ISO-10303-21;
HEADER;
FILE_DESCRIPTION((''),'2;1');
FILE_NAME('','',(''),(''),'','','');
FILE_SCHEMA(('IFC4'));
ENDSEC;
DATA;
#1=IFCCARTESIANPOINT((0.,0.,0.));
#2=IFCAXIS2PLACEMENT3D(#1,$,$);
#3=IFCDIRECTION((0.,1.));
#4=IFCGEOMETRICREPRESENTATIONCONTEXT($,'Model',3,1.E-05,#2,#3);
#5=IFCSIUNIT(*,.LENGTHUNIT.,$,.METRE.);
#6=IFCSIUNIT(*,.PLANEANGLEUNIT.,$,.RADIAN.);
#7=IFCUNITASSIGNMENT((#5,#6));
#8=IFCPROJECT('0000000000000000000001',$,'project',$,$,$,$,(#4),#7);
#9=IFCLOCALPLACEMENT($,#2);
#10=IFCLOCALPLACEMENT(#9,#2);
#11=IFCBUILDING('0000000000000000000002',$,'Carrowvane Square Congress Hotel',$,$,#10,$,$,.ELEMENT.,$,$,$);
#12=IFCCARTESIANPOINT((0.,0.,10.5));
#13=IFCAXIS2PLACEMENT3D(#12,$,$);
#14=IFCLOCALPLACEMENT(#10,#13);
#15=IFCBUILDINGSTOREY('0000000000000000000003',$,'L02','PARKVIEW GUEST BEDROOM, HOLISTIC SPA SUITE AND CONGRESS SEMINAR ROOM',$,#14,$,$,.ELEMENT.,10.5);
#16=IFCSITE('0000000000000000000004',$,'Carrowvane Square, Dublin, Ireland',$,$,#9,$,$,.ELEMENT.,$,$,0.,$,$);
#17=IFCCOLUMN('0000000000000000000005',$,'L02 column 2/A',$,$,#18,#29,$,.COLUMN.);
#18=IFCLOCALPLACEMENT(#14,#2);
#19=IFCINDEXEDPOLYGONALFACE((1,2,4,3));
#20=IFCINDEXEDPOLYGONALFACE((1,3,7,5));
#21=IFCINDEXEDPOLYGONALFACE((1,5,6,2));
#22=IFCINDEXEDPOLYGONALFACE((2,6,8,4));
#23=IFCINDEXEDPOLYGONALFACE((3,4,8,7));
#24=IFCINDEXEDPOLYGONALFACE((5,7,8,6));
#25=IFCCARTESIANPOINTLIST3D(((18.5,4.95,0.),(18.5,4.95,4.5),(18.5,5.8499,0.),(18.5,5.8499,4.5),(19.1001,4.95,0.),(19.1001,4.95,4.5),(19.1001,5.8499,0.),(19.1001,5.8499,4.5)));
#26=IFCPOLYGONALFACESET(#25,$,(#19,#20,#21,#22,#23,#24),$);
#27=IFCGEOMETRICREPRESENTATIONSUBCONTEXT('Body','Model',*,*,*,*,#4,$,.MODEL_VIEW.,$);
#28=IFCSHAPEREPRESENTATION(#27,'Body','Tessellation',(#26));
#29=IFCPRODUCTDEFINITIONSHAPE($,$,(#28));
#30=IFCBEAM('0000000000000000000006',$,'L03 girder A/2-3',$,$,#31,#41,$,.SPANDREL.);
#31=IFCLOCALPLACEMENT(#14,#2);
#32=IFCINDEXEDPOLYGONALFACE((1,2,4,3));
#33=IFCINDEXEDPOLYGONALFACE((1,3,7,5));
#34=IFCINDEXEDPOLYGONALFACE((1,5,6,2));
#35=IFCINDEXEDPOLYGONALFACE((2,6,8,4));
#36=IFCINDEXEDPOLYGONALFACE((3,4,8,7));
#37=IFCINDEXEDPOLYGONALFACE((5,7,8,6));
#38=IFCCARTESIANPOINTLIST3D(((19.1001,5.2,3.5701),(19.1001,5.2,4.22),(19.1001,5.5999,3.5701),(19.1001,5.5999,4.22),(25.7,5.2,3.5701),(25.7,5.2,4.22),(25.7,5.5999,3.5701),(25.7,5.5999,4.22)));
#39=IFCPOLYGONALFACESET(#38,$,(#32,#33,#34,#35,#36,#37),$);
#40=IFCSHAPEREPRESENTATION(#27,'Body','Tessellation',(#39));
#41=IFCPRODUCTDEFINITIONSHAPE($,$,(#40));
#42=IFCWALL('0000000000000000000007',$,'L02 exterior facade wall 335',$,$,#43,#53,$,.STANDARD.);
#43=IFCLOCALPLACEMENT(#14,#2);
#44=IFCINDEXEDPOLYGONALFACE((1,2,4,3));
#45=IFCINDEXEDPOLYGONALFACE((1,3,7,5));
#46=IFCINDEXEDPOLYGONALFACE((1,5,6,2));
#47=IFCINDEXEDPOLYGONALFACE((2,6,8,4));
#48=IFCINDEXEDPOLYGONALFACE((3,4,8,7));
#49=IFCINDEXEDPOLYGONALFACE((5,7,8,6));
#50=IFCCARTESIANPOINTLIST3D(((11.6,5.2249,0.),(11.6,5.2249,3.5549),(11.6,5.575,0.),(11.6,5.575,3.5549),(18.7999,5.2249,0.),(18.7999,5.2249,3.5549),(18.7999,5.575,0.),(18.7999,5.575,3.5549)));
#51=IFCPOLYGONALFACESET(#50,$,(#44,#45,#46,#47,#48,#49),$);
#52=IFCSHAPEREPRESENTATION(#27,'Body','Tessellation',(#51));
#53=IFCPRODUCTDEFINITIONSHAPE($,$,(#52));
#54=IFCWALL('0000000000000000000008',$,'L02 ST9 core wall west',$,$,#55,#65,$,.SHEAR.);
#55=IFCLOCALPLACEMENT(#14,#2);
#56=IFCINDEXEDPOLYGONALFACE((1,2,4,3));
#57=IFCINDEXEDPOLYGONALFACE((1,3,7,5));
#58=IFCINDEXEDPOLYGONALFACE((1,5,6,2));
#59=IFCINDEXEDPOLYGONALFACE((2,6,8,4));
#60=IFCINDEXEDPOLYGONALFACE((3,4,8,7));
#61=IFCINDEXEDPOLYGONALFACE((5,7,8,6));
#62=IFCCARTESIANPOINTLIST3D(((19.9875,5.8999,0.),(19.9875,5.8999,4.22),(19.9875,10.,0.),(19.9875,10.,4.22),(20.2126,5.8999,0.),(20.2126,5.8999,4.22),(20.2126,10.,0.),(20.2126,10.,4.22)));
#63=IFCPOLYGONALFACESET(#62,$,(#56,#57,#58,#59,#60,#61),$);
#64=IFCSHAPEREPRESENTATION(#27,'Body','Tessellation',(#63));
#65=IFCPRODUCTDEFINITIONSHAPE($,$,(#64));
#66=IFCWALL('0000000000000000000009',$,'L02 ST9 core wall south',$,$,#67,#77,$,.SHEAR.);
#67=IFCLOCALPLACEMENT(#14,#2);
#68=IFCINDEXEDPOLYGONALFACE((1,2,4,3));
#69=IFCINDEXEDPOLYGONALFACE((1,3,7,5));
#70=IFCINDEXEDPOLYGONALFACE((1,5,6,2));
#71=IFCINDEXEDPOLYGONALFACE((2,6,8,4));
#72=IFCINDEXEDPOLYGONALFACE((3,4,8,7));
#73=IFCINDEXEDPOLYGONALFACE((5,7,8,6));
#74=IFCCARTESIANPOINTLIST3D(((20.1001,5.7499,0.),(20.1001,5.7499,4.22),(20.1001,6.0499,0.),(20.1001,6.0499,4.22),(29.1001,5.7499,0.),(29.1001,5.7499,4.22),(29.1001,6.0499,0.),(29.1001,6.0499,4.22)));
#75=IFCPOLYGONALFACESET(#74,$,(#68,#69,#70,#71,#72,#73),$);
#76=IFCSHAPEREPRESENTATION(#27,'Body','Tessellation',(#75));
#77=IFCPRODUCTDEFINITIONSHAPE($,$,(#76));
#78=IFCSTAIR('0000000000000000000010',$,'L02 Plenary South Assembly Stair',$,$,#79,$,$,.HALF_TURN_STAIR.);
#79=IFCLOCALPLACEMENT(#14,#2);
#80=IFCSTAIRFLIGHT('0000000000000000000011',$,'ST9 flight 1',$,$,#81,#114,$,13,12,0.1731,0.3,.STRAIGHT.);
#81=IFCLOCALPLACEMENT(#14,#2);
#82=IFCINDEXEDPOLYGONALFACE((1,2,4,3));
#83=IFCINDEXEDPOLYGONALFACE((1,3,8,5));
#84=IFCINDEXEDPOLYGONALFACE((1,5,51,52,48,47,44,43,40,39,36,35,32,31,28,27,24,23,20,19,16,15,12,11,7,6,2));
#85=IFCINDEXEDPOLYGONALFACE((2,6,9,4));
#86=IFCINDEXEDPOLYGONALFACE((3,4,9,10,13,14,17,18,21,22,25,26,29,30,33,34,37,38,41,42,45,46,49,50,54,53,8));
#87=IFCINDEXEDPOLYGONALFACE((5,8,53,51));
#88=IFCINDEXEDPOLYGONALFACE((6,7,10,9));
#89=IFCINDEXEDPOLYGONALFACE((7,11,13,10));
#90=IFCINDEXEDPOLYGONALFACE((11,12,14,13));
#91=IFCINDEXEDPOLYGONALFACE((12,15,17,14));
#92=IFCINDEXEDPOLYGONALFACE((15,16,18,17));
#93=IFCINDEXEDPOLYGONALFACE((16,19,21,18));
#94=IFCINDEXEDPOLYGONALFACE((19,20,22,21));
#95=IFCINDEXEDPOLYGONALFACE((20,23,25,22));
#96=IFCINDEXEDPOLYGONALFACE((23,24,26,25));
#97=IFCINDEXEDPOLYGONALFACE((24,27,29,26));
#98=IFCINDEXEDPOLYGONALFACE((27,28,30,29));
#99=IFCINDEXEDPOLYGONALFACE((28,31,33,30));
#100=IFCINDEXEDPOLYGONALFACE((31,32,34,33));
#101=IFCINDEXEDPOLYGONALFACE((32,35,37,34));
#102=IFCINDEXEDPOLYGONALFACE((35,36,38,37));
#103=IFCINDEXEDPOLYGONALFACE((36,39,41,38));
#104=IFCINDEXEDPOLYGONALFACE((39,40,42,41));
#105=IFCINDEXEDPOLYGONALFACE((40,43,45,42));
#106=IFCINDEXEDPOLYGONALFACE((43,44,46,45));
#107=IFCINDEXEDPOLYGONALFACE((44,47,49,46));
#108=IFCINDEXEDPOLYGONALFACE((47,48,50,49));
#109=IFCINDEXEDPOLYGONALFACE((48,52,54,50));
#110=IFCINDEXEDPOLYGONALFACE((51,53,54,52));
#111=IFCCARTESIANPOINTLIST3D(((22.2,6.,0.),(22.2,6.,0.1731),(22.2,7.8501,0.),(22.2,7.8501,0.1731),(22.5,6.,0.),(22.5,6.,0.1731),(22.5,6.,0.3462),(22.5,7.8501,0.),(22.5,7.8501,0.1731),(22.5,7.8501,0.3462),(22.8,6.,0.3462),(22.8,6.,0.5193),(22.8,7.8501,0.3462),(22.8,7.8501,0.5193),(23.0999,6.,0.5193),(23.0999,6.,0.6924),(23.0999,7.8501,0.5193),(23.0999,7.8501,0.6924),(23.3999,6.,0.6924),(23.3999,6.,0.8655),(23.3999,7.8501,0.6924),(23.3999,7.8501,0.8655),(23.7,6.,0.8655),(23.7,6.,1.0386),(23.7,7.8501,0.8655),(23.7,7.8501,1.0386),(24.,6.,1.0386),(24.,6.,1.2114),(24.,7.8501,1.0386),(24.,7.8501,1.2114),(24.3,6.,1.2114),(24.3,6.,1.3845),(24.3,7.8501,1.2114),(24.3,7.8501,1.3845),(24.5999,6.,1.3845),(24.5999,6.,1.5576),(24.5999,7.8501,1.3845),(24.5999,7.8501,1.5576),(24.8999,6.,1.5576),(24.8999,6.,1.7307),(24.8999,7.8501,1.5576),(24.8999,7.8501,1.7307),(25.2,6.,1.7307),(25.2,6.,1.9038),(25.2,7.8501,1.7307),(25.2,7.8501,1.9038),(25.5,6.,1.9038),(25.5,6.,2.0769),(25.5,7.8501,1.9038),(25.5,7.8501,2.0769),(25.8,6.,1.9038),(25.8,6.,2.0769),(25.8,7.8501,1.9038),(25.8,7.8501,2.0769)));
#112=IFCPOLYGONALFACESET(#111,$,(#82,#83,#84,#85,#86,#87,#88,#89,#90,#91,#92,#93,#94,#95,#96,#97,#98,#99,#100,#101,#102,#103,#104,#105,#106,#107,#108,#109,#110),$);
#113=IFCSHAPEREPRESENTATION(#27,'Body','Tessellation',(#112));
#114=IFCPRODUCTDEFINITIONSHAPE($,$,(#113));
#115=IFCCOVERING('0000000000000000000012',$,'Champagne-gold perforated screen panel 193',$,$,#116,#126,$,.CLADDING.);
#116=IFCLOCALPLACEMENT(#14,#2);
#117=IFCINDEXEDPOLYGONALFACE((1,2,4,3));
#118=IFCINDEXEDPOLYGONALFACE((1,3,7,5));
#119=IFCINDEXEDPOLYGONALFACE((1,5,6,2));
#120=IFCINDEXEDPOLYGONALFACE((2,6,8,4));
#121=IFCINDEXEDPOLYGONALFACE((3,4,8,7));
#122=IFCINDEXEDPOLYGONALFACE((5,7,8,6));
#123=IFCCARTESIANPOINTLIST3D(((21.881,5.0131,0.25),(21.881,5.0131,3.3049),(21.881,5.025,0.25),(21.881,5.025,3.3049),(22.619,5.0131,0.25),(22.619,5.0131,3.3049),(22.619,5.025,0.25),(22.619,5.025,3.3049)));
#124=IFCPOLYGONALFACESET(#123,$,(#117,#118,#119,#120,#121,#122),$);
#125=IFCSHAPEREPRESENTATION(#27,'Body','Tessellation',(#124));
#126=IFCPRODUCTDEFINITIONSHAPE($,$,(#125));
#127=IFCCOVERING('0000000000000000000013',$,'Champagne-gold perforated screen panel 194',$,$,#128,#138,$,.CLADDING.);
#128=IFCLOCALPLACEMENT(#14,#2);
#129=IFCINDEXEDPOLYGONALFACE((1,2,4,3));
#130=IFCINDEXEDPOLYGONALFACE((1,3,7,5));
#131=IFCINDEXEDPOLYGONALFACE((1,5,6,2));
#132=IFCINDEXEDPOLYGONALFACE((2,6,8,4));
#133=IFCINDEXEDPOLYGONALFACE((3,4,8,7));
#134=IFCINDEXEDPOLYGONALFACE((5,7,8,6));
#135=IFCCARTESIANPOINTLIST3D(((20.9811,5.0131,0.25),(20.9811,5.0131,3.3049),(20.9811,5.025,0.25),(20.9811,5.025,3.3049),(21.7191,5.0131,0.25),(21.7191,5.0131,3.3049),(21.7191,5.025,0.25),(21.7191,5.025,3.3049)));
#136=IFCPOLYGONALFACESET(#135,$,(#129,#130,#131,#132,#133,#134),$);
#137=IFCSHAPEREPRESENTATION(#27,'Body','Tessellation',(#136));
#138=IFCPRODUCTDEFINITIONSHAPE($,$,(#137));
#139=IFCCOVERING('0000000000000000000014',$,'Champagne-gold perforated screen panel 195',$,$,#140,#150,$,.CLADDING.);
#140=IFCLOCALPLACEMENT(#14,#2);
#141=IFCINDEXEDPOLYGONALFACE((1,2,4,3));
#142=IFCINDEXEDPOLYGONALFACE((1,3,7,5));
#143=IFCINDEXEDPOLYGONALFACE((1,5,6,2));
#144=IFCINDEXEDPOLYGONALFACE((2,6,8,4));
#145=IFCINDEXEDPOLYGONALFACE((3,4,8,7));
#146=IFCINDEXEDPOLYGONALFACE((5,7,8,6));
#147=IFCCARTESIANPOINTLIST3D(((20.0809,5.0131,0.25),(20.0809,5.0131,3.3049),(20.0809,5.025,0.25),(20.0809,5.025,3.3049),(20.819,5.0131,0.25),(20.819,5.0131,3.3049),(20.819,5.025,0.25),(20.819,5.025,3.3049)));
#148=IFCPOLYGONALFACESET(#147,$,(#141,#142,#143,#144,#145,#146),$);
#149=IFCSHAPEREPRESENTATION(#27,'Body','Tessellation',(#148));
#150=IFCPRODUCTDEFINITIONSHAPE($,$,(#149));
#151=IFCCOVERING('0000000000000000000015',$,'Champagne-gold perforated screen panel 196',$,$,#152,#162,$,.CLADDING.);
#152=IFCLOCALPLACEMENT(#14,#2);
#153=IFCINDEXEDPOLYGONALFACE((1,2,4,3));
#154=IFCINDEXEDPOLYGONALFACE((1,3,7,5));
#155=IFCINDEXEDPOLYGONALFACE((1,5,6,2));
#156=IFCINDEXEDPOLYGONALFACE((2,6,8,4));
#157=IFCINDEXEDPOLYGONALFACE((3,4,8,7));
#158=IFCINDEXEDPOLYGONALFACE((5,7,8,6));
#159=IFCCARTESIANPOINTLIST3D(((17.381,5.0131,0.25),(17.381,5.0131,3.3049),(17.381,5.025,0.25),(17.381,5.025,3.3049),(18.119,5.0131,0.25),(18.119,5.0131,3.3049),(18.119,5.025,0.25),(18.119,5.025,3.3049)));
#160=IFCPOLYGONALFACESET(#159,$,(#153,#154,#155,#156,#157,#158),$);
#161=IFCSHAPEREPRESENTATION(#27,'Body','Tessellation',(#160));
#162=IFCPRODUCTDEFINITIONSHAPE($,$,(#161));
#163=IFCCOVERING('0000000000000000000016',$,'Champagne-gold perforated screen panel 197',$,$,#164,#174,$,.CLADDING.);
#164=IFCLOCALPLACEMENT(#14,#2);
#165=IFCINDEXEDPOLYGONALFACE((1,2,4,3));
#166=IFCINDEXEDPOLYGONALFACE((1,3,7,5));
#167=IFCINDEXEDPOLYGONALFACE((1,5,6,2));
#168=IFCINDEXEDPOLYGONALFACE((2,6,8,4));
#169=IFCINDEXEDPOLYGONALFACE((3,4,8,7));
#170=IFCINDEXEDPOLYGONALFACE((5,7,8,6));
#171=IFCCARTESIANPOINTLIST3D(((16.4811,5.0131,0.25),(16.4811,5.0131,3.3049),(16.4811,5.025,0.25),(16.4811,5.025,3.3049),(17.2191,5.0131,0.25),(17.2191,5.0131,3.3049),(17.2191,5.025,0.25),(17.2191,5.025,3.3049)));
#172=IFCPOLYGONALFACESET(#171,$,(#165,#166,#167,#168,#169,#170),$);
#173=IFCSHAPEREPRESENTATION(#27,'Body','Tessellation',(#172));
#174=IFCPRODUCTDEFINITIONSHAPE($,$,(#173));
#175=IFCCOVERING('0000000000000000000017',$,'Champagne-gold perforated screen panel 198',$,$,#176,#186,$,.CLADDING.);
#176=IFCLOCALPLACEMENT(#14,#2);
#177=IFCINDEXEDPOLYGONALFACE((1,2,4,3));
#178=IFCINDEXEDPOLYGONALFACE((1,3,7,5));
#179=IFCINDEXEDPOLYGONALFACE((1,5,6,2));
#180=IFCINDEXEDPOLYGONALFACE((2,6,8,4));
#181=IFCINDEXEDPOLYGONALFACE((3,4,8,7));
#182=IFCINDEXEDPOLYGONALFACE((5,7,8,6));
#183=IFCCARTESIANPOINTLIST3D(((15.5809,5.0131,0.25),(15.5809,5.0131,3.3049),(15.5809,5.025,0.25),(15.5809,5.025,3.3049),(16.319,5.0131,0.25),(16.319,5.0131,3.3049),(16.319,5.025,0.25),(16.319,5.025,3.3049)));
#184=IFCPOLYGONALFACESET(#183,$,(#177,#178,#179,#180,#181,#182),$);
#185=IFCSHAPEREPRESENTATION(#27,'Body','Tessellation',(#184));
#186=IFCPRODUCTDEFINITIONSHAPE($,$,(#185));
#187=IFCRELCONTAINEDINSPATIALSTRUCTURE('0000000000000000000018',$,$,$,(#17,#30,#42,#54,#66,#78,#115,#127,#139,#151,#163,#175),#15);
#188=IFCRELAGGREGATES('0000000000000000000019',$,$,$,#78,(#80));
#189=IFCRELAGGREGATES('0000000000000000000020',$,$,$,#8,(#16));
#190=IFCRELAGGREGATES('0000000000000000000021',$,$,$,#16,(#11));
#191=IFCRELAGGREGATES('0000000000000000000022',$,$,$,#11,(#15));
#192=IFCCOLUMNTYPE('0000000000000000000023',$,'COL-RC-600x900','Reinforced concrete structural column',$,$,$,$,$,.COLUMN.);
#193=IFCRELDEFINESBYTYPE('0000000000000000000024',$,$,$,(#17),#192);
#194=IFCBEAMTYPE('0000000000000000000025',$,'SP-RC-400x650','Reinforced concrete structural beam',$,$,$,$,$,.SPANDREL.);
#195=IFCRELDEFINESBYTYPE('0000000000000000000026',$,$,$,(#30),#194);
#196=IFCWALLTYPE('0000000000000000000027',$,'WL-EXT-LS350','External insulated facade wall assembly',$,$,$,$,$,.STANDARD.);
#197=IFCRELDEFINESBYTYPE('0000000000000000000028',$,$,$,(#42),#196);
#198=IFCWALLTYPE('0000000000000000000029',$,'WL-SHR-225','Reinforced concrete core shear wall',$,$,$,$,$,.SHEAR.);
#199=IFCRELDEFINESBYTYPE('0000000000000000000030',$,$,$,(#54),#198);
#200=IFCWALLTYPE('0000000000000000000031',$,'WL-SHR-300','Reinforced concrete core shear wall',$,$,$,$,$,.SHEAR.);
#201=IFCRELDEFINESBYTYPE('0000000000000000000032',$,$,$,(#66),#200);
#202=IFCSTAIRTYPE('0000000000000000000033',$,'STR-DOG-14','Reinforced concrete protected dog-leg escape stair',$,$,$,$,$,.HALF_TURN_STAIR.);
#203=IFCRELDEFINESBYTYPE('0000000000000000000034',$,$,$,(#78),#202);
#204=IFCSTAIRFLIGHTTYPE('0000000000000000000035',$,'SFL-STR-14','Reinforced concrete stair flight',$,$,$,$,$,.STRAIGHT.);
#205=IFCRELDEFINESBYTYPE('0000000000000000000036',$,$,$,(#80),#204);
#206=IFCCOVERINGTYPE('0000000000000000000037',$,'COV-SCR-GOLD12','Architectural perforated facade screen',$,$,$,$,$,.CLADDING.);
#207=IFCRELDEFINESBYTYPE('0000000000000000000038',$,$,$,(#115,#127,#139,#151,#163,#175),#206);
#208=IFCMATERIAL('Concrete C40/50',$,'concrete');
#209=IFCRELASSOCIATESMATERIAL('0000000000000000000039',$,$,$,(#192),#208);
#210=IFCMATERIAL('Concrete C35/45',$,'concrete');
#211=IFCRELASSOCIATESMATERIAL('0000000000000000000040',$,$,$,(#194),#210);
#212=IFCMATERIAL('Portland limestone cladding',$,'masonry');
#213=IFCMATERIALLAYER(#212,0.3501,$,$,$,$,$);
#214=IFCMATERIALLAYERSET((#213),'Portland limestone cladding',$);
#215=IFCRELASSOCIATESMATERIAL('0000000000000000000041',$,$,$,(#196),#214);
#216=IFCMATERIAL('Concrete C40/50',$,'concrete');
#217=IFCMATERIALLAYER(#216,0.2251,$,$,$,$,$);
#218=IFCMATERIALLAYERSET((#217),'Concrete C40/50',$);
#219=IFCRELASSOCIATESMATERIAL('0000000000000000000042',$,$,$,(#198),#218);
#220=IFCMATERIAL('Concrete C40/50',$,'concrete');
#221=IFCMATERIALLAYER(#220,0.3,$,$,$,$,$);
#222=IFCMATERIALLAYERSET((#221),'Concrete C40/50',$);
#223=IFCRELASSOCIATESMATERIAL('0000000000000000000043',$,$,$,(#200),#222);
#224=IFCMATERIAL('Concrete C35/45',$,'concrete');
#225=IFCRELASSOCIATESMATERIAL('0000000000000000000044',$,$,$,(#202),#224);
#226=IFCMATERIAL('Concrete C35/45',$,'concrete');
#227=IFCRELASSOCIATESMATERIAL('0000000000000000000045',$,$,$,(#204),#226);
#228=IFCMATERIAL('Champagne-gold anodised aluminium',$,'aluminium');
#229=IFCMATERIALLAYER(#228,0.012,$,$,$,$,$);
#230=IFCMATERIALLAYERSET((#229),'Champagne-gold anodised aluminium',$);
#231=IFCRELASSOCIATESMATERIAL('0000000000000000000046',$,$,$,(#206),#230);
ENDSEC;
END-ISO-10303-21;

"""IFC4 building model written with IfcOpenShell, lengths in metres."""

from ifc_helpers import new_model, si_unit, direction, frame, frame_2d, origin, origin_2d, place, context, subcontext, project, spatial, polyline, rectangle, outline, extrude, material, layer, layer_set, material_profile, profile_set, type_object, element, aggregate, save


model = new_model("IFC4")

# Units and contexts
model_context = context("Model", 3, precision=1e-05, world=origin(), true_north=direction((0.0, 1.0)))
body_context = subcontext(model_context, "Body", "Model", "MODEL_VIEW")
ifc_project = project(units=[si_unit("LENGTHUNIT", "METRE"), si_unit("PLANEANGLEUNIT", "RADIAN")], contexts=[model_context])

# Site, building, storey
site_placement = place(None, origin())
site = spatial("IfcSite", under=ifc_project, at=site_placement, Name="Carrowvane Square, Dublin, Ireland", CompositionType="ELEMENT", RefElevation=0.0)
building_placement = place(site_placement, origin())
building = spatial("IfcBuilding", under=site, at=building_placement, Name="Carrowvane Square Congress Hotel", CompositionType="ELEMENT")
storey_placement = place(building_placement, frame((0.0, 0.0, 10.5)))
storey = spatial("IfcBuildingStorey", under=building, at=storey_placement, Name="L02", Description="PARKVIEW GUEST BEDROOM, HOLISTIC SPA SUITE AND CONGRESS SEMINAR ROOM", CompositionType="ELEMENT", Elevation=10.5)

# Column
ifc_material_1 = material(Name="Concrete C40/50", Category="concrete")
ifc_material_profile_1 = material_profile(ifc_material_1, rectangle(XDim=0.6001, YDim=0.8999, at=origin_2d()), Name="RC 600x900")
ifc_profile_set_1 = profile_set([ifc_material_profile_1], Name="Concrete C40/50")
column_type = type_object("IfcColumnType", Name="COL-RC-600x900", Description="Reinforced concrete structural column", PredefinedType="COLUMN", material=ifc_profile_set_1)
column_placement = place(storey_placement, frame((18.8, 5.3999, 0.0), z_axis=(0.0, 0.0, 1.0), x_axis=(1.0, 0.0, 0.0)))
element("IfcColumn", 1, at=column_placement, inside=storey, type_object=column_type, Name="L02 column 2/A", PredefinedType="COLUMN", context=body_context, shape_type="SweptSolid", body=[
    extrude(rectangle(XDim=0.6001, YDim=0.8999, at=origin_2d()), origin(), (0.0, 0.0, 1.0), 4.5),
])

# Beam
ifc_material_2 = material(Name="Concrete C35/45", Category="concrete")
ifc_material_profile_2 = material_profile(ifc_material_2, rectangle(XDim=0.3999, YDim=0.6499, at=origin_2d()), Name="RC 400x650")
ifc_profile_set_2 = profile_set([ifc_material_profile_2], Name="Concrete C35/45")
beam_type = type_object("IfcBeamType", Name="SP-RC-400x650", Description="Reinforced concrete structural beam", PredefinedType="SPANDREL", material=ifc_profile_set_2)
beam_placement = place(storey_placement, frame((19.1001, 5.3999, 3.895), z_axis=(1.0, 0.0, 0.0), x_axis=(0.0, 1.0, 0.0)))
element("IfcBeam", 2, at=beam_placement, inside=storey, type_object=beam_type, Name="L03 girder A/2-3", PredefinedType="SPANDREL", context=body_context, shape_type="SweptSolid", body=[
    extrude(rectangle(XDim=0.3999, YDim=0.6499, at=origin_2d()), origin(), (0.0, 0.0, 1.0), 6.5999),
])

# Walls
ifc_material_3 = material(Name="Portland limestone cladding", Category="masonry")
ifc_layer_1 = layer(ifc_material_3, 0.3501)
ifc_layer_set_1 = layer_set([ifc_layer_1], Name="Portland limestone cladding")
wall_type_1 = type_object("IfcWallType", Name="WL-EXT-LS350", Description="External insulated facade wall assembly", PredefinedType="STANDARD", material=ifc_layer_set_1)
wall_1_placement = place(storey_placement, frame((18.8, 5.3999, 0.0), z_axis=(0.0, 0.0, 1.0), x_axis=(-1.0, 0.0, 0.0)))
element("IfcWall", 3, at=wall_1_placement, inside=storey, type_object=wall_type_1, Name="L02 exterior facade wall 335", PredefinedType="STANDARD", context=body_context, shape_type="SweptSolid", body=[
    extrude(rectangle(XDim=7.2, YDim=0.3501, at=frame_2d((3.6001, 0.0))), origin(), (0.0, 0.0, 1.0), 3.5549),
])
ifc_material_4 = material(Name="Concrete C40/50", Category="concrete")
ifc_layer_2 = layer(ifc_material_4, 0.2251)
ifc_layer_set_2 = layer_set([ifc_layer_2], Name="Concrete C40/50")
wall_type_2 = type_object("IfcWallType", Name="WL-SHR-225", Description="Reinforced concrete core shear wall", PredefinedType="SHEAR", material=ifc_layer_set_2)
wall_2_placement = place(storey_placement, frame((20.1001, 10.0, 0.0), z_axis=(0.0, 0.0, 1.0), x_axis=(0.0, -1.0, 0.0)))
element("IfcWall", 4, at=wall_2_placement, inside=storey, type_object=wall_type_2, Name="L02 ST9 core wall west", PredefinedType="SHEAR", context=body_context, shape_type="SweptSolid", body=[
    extrude(rectangle(XDim=4.1001, YDim=0.2251, at=frame_2d((2.05, 0.0))), origin(), (0.0, 0.0, 1.0), 4.22),
])
ifc_material_5 = material(Name="Concrete C40/50", Category="concrete")
ifc_layer_3 = layer(ifc_material_5, 0.3)
ifc_layer_set_3 = layer_set([ifc_layer_3], Name="Concrete C40/50")
wall_type_3 = type_object("IfcWallType", Name="WL-SHR-300", Description="Reinforced concrete core shear wall", PredefinedType="SHEAR", material=ifc_layer_set_3)
wall_3_placement = place(storey_placement, frame((20.1001, 5.8999, 0.0), z_axis=(0.0, 0.0, 1.0), x_axis=(1.0, 0.0, 0.0)))
element("IfcWall", 5, at=wall_3_placement, inside=storey, type_object=wall_type_3, Name="L02 ST9 core wall south", PredefinedType="SHEAR", context=body_context, shape_type="SweptSolid", body=[
    extrude(rectangle(XDim=9.0, YDim=0.3, at=frame_2d((4.5, 0.0))), origin(), (0.0, 0.0, 1.0), 4.22),
])

# Stair, stair flight
ifc_material_6 = material(Name="Concrete C35/45", Category="concrete")
stair_type = type_object("IfcStairType", Name="STR-DOG-14", Description="Reinforced concrete protected dog-leg escape stair", PredefinedType="HALF_TURN_STAIR", material=ifc_material_6)
stair_placement = place(storey_placement, origin())
stair = element("IfcStair", 6, at=stair_placement, inside=storey, type_object=stair_type, Name="L02 Plenary South Assembly Stair", PredefinedType="HALF_TURN_STAIR")
ifc_material_7 = material(Name="Concrete C35/45", Category="concrete")
stair_flight_type = type_object("IfcStairFlightType", Name="SFL-STR-14", Description="Reinforced concrete stair flight", PredefinedType="STRAIGHT", material=ifc_material_7)
stair_flight_placement = place(storey_placement, frame((22.2, 6.925, 0.0), z_axis=(0.0, 0.0, 1.0), x_axis=(1.0, 0.0, 0.0)))
stair_flight = element("IfcStairFlight", 7, at=stair_flight_placement, type_object=stair_flight_type, Name="ST9 flight 1", NumberOfRisers=13, NumberOfTreads=12, PredefinedType="STRAIGHT", RiserHeight=0.1731, TreadLength=0.3, context=body_context, shape_type="SweptSolid", body=[
    extrude(outline(polyline([(0.0, 0.0), (0.0, 0.1731), (0.3, 0.1731), (0.3, 0.3462), (0.6001, 0.3462), (0.6001, 0.5193), (0.8999, 0.5193), (0.8999, 0.6924), (1.2, 0.6924), (1.2, 0.8655), (1.5, 0.8655), (1.5, 1.0386), (1.8, 1.0386), (1.8, 1.2114), (2.1001, 1.2114), (2.1001, 1.3845), (2.3999, 1.3845), (2.3999, 1.5576), (2.7, 1.5576), (2.7, 1.7307), (3.0, 1.7307), (3.0, 1.9038), (3.3, 1.9038), (3.3, 2.0769), (3.6001, 2.0769), (3.6001, 2.25), (3.6001, 1.9038), (0.3, 0.0), (0.0, 0.0)])), frame((0.0, 0.925, 0.0), z_axis=(0.0, -1.0, 0.0), x_axis=(1.0, 0.0, 0.0)), (0.0, 0.0, 1.0), 1.8501),
])
aggregate(stair, [stair_flight])

# Coverings
ifc_material_8 = material(Name="Champagne-gold anodised aluminium", Category="aluminium")
ifc_layer_4 = layer(ifc_material_8, 0.012)
ifc_layer_set_4 = layer_set([ifc_layer_4], Name="Champagne-gold anodised aluminium")
covering_type = type_object("IfcCoveringType", Name="COV-SCR-GOLD12", Description="Architectural perforated facade screen", PredefinedType="CLADDING", material=ifc_layer_set_4)
for number, where, z_axis, x_axis, name in (
    (8, (22.25, 5.019, 0.25), (0.0, 0.0, 1.0), (-1.0, 0.0, 0.0), "Champagne-gold perforated screen panel 193"),
    (9, (21.3501, 5.019, 0.25), (0.0, 0.0, 1.0), (-1.0, 0.0, 0.0), "Champagne-gold perforated screen panel 194"),
    (10, (20.45, 5.019, 0.25), (0.0, 0.0, 1.0), (-1.0, 0.0, 0.0), "Champagne-gold perforated screen panel 195"),
    (11, (17.75, 5.019, 0.25), (0.0, 0.0, 1.0), (-1.0, 0.0, 0.0), "Champagne-gold perforated screen panel 196"),
    (12, (16.8501, 5.019, 0.25), (0.0, 0.0, 1.0), (-1.0, 0.0, 0.0), "Champagne-gold perforated screen panel 197"),
    (13, (15.95, 5.019, 0.25), (0.0, 0.0, 1.0), (-1.0, 0.0, 0.0), "Champagne-gold perforated screen panel 198"),
):
    element("IfcCovering", number, at=place(storey_placement, frame(where, z_axis=z_axis, x_axis=x_axis)), inside=storey, type_object=covering_type, Name=name, PredefinedType="CLADDING", context=body_context, shape_type="SweptSolid", body=[
        extrude(rectangle(XDim=0.738, YDim=0.012, at=origin_2d()), origin(), (0.0, 0.0, 1.0), 3.0549),
    ])

save(model, "model.ifc")
